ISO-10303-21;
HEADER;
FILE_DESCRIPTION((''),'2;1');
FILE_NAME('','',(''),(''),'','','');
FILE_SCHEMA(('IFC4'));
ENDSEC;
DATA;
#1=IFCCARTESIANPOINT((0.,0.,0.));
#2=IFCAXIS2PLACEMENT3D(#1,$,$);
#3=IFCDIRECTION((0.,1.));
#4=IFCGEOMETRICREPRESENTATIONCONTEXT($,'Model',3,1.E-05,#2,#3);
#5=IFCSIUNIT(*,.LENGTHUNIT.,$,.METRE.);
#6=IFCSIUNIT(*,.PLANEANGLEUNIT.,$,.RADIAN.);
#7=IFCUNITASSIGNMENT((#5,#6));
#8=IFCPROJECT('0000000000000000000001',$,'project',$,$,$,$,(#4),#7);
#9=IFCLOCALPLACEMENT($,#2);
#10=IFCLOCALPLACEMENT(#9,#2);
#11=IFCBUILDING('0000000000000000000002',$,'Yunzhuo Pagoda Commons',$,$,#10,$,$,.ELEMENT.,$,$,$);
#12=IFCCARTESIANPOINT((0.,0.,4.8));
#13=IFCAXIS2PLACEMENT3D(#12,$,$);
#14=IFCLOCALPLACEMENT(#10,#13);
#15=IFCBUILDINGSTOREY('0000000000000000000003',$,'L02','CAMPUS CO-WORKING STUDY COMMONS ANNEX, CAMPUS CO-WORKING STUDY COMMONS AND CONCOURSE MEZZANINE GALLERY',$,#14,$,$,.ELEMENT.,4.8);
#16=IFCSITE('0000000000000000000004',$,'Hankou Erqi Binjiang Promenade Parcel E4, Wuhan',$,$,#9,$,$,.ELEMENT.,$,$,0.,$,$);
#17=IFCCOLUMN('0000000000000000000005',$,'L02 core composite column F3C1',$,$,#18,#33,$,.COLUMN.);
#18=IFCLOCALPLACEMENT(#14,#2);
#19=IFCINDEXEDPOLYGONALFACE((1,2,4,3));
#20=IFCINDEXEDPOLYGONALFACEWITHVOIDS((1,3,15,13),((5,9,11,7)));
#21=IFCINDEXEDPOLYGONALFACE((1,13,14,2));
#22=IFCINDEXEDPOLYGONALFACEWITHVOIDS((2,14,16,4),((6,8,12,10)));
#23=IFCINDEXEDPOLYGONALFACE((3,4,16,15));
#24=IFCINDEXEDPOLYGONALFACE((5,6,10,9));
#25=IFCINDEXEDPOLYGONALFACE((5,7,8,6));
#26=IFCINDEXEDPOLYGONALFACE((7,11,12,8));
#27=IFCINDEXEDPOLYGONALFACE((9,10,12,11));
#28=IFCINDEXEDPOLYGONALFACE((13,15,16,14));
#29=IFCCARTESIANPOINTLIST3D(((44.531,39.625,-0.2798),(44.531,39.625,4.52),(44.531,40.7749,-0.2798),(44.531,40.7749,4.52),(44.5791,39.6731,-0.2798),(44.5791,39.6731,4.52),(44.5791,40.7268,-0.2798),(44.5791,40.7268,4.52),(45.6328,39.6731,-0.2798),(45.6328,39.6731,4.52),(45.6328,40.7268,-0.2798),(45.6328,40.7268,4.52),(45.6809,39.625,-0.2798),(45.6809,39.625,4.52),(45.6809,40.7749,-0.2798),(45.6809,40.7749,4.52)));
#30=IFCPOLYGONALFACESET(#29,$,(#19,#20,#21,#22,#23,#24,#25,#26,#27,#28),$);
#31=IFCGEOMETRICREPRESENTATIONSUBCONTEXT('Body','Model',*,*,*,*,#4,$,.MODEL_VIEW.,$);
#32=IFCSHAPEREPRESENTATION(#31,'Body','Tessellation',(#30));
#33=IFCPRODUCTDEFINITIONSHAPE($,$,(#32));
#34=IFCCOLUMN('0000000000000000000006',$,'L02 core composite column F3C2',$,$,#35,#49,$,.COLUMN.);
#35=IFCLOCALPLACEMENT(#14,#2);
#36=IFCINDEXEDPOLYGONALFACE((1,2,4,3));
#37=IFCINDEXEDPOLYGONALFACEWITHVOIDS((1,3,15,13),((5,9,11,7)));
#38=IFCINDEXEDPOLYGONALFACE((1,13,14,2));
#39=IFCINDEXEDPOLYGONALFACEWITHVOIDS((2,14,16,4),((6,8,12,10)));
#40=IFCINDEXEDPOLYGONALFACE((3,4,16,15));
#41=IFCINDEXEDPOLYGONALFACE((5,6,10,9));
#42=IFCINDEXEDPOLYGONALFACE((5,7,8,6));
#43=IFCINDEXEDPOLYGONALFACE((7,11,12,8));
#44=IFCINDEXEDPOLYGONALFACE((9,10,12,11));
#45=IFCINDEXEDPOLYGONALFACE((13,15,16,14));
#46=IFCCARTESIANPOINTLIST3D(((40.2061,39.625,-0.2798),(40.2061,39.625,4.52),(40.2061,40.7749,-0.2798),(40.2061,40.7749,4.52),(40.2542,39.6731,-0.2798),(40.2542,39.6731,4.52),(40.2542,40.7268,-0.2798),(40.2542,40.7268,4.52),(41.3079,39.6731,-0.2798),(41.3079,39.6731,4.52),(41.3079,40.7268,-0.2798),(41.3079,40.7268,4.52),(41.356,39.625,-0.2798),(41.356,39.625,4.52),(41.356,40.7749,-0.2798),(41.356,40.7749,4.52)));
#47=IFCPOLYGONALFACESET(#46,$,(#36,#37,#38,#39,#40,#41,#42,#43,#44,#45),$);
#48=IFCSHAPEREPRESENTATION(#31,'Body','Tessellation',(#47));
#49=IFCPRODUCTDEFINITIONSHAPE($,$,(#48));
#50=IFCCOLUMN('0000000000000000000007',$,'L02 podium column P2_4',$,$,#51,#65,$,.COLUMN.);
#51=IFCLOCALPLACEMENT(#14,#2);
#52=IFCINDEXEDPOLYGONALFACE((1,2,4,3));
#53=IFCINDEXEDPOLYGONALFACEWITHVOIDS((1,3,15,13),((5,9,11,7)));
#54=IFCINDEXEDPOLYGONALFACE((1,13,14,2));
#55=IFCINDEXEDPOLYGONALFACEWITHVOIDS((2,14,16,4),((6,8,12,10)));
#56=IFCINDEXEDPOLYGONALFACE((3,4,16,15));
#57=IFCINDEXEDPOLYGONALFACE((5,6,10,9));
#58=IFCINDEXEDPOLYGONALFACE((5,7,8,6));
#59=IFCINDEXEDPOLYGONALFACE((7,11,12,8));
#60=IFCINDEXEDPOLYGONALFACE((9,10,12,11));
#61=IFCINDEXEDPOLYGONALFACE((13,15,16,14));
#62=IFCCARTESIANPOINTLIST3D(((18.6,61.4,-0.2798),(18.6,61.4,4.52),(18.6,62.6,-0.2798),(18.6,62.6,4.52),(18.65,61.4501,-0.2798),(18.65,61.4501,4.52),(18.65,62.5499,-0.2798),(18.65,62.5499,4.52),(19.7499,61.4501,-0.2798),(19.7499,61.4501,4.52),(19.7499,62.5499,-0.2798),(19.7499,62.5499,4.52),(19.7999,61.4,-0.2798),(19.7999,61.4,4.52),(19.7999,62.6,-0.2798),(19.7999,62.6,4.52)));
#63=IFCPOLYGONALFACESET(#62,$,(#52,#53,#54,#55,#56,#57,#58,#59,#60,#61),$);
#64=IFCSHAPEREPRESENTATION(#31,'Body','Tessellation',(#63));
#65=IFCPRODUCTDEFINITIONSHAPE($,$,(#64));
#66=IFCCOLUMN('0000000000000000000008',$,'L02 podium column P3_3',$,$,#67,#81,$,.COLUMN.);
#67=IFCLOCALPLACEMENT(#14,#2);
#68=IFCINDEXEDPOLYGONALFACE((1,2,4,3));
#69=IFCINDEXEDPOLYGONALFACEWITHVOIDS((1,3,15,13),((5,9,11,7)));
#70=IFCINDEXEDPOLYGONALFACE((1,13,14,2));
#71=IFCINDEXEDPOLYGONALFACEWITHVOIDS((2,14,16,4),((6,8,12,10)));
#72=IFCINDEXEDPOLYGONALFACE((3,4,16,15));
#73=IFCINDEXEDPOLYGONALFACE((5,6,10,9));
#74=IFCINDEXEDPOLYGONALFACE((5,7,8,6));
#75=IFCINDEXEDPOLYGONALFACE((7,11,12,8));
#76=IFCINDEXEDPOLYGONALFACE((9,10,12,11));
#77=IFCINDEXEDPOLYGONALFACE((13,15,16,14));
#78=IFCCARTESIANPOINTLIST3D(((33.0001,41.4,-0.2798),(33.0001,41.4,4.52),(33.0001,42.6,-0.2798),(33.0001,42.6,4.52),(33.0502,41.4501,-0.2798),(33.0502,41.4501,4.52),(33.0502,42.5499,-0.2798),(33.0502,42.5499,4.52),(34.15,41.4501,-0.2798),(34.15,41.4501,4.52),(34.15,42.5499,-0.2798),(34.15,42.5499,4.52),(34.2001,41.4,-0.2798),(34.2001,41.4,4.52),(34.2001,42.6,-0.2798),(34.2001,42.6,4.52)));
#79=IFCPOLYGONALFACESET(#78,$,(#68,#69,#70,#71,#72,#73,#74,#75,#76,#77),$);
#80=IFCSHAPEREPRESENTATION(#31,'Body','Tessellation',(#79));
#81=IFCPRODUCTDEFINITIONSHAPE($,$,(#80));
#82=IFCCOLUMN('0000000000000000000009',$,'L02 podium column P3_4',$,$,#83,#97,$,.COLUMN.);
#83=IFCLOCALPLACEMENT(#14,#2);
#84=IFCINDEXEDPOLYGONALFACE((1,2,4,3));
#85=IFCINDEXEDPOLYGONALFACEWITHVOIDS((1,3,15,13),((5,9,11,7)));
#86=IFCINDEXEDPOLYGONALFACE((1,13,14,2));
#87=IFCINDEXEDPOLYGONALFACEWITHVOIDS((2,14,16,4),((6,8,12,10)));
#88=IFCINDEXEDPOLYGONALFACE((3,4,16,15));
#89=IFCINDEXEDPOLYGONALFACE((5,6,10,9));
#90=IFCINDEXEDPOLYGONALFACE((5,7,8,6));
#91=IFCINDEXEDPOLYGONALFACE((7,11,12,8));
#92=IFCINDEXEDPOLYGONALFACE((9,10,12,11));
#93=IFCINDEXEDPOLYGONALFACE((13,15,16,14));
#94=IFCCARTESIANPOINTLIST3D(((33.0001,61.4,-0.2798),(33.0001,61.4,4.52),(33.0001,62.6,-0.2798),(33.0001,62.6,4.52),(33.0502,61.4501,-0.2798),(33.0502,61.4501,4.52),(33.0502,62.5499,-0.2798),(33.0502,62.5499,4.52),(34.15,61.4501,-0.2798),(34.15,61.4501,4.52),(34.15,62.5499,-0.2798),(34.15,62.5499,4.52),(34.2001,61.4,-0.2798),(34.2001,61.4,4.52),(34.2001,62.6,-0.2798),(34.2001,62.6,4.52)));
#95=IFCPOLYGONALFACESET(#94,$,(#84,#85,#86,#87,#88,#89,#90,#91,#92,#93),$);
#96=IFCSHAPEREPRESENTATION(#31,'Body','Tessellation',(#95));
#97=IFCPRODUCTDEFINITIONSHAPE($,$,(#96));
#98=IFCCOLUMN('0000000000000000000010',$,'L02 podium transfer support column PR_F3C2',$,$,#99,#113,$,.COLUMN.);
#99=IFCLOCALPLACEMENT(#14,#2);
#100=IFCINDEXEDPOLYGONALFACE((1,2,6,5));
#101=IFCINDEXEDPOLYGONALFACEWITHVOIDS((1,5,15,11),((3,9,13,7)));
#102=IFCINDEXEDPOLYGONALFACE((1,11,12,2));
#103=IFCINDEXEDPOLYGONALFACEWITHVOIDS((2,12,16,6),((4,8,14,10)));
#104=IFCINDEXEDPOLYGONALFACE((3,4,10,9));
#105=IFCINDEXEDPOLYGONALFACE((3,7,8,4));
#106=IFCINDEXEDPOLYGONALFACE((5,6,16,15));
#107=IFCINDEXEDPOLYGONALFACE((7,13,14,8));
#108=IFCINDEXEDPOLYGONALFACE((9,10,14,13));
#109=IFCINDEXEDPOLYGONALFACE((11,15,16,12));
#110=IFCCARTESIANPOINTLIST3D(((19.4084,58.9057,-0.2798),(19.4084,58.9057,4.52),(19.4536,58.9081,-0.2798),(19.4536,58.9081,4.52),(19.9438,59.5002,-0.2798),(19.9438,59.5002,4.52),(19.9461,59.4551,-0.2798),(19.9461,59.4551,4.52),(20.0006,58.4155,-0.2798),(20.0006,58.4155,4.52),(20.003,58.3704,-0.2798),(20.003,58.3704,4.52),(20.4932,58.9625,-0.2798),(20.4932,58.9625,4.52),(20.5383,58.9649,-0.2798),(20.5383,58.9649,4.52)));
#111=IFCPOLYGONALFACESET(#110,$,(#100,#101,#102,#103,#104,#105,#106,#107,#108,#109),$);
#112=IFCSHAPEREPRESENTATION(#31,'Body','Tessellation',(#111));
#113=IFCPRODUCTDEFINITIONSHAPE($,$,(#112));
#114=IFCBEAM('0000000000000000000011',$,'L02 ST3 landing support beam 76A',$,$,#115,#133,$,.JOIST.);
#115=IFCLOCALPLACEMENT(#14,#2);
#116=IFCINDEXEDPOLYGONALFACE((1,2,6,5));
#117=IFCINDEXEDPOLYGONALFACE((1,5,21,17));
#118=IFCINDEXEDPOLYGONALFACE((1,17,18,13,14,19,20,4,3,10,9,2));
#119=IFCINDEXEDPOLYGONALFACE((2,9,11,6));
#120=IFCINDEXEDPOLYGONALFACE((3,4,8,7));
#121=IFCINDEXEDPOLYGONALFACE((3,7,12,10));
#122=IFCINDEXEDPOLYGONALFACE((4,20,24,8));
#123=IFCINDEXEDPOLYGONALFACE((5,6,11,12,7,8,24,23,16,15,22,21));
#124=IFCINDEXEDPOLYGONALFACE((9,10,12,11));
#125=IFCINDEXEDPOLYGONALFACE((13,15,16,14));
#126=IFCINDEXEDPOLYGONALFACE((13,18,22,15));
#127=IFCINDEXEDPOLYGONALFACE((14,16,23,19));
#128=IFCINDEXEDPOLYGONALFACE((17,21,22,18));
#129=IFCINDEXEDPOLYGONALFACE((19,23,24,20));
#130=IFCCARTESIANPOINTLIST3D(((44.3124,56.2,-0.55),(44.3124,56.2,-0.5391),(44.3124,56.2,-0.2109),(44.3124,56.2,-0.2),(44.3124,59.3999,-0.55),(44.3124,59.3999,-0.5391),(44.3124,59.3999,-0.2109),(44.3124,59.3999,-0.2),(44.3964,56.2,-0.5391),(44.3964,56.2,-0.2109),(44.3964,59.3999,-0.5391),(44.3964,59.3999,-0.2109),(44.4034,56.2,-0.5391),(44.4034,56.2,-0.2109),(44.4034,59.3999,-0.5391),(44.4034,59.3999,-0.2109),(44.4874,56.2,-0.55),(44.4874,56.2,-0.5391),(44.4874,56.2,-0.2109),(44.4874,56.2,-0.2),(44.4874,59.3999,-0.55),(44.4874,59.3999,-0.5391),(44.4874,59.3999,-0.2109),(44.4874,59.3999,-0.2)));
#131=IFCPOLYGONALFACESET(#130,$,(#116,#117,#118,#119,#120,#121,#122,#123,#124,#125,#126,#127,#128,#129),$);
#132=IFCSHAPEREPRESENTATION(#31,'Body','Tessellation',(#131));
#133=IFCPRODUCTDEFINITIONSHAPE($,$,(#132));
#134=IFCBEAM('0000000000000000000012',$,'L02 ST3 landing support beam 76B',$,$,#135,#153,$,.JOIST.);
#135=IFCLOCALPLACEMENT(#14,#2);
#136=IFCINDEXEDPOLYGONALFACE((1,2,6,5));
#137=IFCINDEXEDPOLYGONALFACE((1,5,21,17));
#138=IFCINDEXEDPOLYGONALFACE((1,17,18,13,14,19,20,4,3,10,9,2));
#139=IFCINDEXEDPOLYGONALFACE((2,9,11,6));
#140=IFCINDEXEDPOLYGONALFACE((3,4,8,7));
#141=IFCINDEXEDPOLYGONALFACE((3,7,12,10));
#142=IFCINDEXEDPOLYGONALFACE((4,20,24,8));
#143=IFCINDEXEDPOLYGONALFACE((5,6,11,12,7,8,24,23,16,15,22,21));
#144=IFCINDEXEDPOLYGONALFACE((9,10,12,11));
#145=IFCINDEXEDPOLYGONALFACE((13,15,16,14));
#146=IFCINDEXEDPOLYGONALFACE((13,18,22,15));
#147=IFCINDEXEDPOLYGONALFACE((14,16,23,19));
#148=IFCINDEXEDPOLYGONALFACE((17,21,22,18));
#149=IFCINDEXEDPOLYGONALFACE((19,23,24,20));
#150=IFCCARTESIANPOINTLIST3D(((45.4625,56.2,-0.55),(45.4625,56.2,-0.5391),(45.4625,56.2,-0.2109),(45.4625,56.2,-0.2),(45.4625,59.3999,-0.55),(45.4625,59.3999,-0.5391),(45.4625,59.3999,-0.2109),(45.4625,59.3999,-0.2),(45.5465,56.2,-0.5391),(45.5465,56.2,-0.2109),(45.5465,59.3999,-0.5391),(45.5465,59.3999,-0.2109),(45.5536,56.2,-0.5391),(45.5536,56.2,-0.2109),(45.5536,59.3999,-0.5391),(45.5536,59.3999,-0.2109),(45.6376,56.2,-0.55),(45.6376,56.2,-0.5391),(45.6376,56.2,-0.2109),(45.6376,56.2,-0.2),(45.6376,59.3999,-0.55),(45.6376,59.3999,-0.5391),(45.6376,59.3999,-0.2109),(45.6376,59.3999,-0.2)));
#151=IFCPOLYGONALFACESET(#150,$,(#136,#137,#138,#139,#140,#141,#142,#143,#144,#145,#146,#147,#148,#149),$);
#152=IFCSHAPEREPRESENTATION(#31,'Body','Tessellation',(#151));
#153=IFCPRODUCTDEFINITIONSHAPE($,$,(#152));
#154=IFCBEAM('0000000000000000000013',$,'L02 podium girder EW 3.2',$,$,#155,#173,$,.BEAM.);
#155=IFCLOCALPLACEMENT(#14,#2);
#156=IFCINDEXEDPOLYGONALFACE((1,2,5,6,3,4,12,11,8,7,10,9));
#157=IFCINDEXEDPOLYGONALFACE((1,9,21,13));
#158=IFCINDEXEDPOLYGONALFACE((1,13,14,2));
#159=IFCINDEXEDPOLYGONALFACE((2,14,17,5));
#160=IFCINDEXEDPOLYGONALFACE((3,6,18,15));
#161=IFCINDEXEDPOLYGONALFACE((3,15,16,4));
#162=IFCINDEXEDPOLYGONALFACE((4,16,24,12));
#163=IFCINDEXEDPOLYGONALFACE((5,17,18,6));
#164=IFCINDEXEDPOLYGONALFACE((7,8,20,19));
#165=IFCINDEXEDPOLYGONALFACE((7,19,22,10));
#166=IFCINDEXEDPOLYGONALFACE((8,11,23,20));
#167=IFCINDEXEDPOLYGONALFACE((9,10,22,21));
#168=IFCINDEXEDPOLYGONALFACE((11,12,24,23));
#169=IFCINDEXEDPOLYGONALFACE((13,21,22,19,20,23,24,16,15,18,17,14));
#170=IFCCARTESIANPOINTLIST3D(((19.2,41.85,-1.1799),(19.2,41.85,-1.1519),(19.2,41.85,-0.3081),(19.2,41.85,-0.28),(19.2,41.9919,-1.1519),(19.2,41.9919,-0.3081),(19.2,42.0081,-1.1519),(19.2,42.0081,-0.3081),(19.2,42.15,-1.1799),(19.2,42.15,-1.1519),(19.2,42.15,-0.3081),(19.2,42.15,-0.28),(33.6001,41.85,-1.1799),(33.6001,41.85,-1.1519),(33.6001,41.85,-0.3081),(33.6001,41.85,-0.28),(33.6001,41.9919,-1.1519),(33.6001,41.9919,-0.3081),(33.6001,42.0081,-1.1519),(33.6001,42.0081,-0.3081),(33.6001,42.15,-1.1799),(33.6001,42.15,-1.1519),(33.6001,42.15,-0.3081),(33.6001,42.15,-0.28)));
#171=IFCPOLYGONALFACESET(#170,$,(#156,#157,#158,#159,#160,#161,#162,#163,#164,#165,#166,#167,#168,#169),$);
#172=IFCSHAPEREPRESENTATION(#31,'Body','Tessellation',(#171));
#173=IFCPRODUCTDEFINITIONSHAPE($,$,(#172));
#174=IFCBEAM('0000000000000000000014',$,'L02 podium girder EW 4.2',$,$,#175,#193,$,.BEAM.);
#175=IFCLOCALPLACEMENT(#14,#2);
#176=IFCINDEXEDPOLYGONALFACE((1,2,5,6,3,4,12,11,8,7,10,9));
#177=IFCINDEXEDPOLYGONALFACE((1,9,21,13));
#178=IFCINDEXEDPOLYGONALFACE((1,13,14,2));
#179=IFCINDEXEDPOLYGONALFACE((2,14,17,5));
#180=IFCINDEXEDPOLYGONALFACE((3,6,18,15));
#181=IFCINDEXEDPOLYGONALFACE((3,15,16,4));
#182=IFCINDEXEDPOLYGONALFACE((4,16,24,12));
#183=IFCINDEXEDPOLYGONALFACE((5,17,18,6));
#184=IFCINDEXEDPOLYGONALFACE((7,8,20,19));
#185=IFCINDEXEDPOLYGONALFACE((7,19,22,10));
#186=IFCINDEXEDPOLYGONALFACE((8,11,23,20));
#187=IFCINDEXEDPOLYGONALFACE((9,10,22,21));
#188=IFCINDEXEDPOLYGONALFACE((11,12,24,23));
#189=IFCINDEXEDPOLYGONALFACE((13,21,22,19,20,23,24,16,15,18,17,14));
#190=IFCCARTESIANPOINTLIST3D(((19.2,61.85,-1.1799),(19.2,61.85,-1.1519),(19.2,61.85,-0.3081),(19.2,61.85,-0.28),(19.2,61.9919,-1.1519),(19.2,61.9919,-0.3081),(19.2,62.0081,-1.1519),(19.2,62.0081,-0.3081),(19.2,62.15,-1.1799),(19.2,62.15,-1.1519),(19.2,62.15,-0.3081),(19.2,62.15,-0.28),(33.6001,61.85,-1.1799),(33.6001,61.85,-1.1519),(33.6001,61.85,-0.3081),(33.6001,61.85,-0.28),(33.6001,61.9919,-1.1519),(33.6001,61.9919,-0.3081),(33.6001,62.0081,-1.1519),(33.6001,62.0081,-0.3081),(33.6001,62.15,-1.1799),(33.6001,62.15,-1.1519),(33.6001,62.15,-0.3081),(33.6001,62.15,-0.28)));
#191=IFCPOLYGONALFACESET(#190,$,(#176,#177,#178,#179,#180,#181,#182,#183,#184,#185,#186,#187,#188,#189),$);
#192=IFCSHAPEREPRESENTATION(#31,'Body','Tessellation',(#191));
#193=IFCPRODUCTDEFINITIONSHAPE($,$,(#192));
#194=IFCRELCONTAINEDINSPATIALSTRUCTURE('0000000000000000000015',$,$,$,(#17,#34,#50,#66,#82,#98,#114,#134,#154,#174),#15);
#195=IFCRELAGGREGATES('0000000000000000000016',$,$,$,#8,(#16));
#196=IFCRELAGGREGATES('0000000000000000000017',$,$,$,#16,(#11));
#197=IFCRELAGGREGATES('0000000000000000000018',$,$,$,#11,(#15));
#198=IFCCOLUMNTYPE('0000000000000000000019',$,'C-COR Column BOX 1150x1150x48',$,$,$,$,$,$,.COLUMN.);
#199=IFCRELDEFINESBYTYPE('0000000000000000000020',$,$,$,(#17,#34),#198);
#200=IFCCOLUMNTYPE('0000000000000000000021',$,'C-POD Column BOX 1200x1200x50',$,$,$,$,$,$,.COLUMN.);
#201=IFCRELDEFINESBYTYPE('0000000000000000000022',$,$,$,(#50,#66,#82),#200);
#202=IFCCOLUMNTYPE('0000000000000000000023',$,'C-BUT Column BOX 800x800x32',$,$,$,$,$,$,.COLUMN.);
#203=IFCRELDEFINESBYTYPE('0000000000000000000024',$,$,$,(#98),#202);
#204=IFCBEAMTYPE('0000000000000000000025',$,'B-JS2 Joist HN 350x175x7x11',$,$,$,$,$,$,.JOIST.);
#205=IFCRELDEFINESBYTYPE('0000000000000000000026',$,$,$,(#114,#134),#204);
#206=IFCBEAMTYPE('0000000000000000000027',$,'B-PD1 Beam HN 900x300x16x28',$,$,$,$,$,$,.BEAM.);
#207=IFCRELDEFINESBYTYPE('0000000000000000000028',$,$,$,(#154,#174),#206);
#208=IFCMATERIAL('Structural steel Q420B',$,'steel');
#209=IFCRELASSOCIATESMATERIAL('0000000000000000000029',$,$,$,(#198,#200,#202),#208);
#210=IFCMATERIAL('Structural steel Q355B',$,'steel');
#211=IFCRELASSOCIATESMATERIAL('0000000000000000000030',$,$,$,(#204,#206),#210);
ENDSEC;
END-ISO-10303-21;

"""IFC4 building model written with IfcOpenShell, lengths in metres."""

from ifc_helpers import new_model, si_unit, direction, frame, origin, origin_2d, place, context, subcontext, project, spatial, hollow_rectangle, i_section, extrude, source, transform, mapped, material, material_profile, profile_set, type_object, element, save


model = new_model("IFC4")

# Units and contexts
model_context = context("Model", 3, precision=1e-05, world=origin(), true_north=direction((0.0, 1.0)))
body_context = subcontext(model_context, "Body", "Model", "MODEL_VIEW")
ifc_project = project(units=[si_unit("LENGTHUNIT", "METRE"), si_unit("PLANEANGLEUNIT", "RADIAN")], contexts=[model_context])

# Site, building, storey
site_placement = place(None, origin())
site = spatial("IfcSite", under=ifc_project, at=site_placement, Name="Hankou Erqi Binjiang Promenade Parcel E4, Wuhan", CompositionType="ELEMENT", RefElevation=0.0)
building_placement = place(site_placement, origin())
building = spatial("IfcBuilding", under=site, at=building_placement, Name="Yunzhuo Pagoda Commons", CompositionType="ELEMENT")
storey_placement = place(building_placement, frame((0.0, 0.0, 4.8)))
storey = spatial("IfcBuildingStorey", under=building, at=storey_placement, Name="L02", Description="CAMPUS CO-WORKING STUDY COMMONS ANNEX, CAMPUS CO-WORKING STUDY COMMONS AND CONCOURSE MEZZANINE GALLERY", CompositionType="ELEMENT", Elevation=4.8)

# Columns
ifc_material_1 = material(Name="Structural steel Q420B", Category="steel")
ifc_material_profile_1 = material_profile(ifc_material_1, hollow_rectangle(XDim=1.1499, YDim=1.1499, WallThickness=0.0481, at=origin_2d()), Name="Structural steel Q420B")
ifc_profile_set_1 = profile_set([ifc_material_profile_1], Name="Structural steel Q420B")
column_type_1 = type_object("IfcColumnType", Name="C-COR Column BOX 1150x1150x48", PredefinedType="COLUMN", material=ifc_profile_set_1)
shared_shape_1 = source(origin(), body_context, "Body", "SweptSolid", [
    extrude(hollow_rectangle(XDim=1.1499, YDim=1.1499, WallThickness=0.0481, at=origin_2d()), origin(), (0.0, 0.0, 1.0), 4.7998),
])
for number, where, z_axis, x_axis, name in (
    (1, (45.106, 40.2, -0.2798), (0.0, 0.0, 1.0), (1.0, 0.0, 0.0), "L02 core composite column F3C1"),
    (2, (40.781, 40.2, -0.2798), (0.0, 0.0, 1.0), (1.0, 0.0, 0.0), "L02 core composite column F3C2"),
):
    element("IfcColumn", number, at=place(storey_placement, frame(where, z_axis=z_axis, x_axis=x_axis)), inside=storey, type_object=column_type_1, Name=name, PredefinedType="COLUMN", context=body_context, shape_type="MappedRepresentation", body=[
        mapped(shared_shape_1, transform((0.0, 0.0, 0.0), scale=1.0)),
    ])
ifc_material_profile_2 = material_profile(ifc_material_1, hollow_rectangle(XDim=1.2, YDim=1.2, WallThickness=0.05, at=origin_2d()), Name="Structural steel Q420B")
ifc_profile_set_2 = profile_set([ifc_material_profile_2], Name="Structural steel Q420B")
column_type_2 = type_object("IfcColumnType", Name="C-POD Column BOX 1200x1200x50", PredefinedType="COLUMN", material=ifc_profile_set_2)
shared_shape_2 = source(origin(), body_context, "Body", "SweptSolid", [
    extrude(hollow_rectangle(XDim=1.2, YDim=1.2, WallThickness=0.05, at=origin_2d()), origin(), (0.0, 0.0, 1.0), 4.7998),
])
for number, where, z_axis, x_axis, name in (
    (3, (19.2, 62.0, -0.2798), (0.0, 0.0, 1.0), (1.0, 0.0, 0.0), "L02 podium column P2_4"),
    (4, (33.6001, 42.0, -0.2798), (0.0, 0.0, 1.0), (1.0, 0.0, 0.0), "L02 podium column P3_3"),
    (5, (33.6001, 62.0, -0.2798), (0.0, 0.0, 1.0), (1.0, 0.0, 0.0), "L02 podium column P3_4"),
):
    element("IfcColumn", number, at=place(storey_placement, frame(where, z_axis=z_axis, x_axis=x_axis)), inside=storey, type_object=column_type_2, Name=name, PredefinedType="COLUMN", context=body_context, shape_type="MappedRepresentation", body=[
        mapped(shared_shape_2, transform((0.0, 0.0, 0.0), scale=1.0)),
    ])
ifc_material_profile_3 = material_profile(ifc_material_1, hollow_rectangle(XDim=0.8, YDim=0.8, WallThickness=0.032, at=origin_2d()), Name="Structural steel Q420B")
ifc_profile_set_3 = profile_set([ifc_material_profile_3], Name="Structural steel Q420B")
column_type_3 = type_object("IfcColumnType", Name="C-BUT Column BOX 800x800x32", PredefinedType="COLUMN", material=ifc_profile_set_3)
shared_shape_3 = source(origin(), body_context, "Body", "SweptSolid", [
    extrude(hollow_rectangle(XDim=0.8, YDim=0.8, WallThickness=0.032, at=origin_2d()), origin(), (0.0, 0.0, 1.0), 4.7998),
])
column_placement = place(storey_placement, frame((19.9734, 58.9353, -0.2798), z_axis=(0.0, 0.0, 1.0), x_axis=(-0.669131, -0.743145, 0.0)))
element("IfcColumn", 6, at=column_placement, inside=storey, type_object=column_type_3, Name="L02 podium transfer support column PR_F3C2", PredefinedType="COLUMN", context=body_context, shape_type="MappedRepresentation", body=[
    mapped(shared_shape_3, transform((0.0, 0.0, 0.0), scale=1.0)),
])

# Beams
ifc_material_2 = material(Name="Structural steel Q355B", Category="steel")
ifc_material_profile_4 = material_profile(ifc_material_2, i_section(OverallWidth=0.175, OverallDepth=0.3501, WebThickness=0.0071, FlangeThickness=0.011, at=origin_2d()), Name="Structural steel Q355B")
ifc_profile_set_4 = profile_set([ifc_material_profile_4], Name="Structural steel Q355B")
beam_type_1 = type_object("IfcBeamType", Name="B-JS2 Joist HN 350x175x7x11", PredefinedType="JOIST", material=ifc_profile_set_4)
shared_shape_4 = source(origin(), body_context, "Body", "SweptSolid", [
    extrude(i_section(OverallWidth=0.175, OverallDepth=0.3501, WebThickness=0.0071, FlangeThickness=0.011, at=origin_2d()), origin(), (0.0, 0.0, 1.0), 3.2),
])
for number, where, z_axis, x_axis, name in (
    (7, (44.3999, 56.2, -0.375), (0.0, 1.0, 0.0), (-1.0, 0.0, 0.0), "L02 ST3 landing support beam 76A"),
    (8, (45.55, 56.2, -0.375), (0.0, 1.0, 0.0), (-1.0, 0.0, 0.0), "L02 ST3 landing support beam 76B"),
):
    element("IfcBeam", number, at=place(storey_placement, frame(where, z_axis=z_axis, x_axis=x_axis)), inside=storey, type_object=beam_type_1, Name=name, PredefinedType="JOIST", context=body_context, shape_type="MappedRepresentation", body=[
        mapped(shared_shape_4, transform((0.0, 0.0, 0.0), scale=1.0)),
    ])
ifc_material_profile_5 = material_profile(ifc_material_2, i_section(OverallWidth=0.3, OverallDepth=0.8999, WebThickness=0.0161, FlangeThickness=0.0281, at=origin_2d()), Name="Structural steel Q355B")
ifc_profile_set_5 = profile_set([ifc_material_profile_5], Name="Structural steel Q355B")
beam_type_2 = type_object("IfcBeamType", Name="B-PD1 Beam HN 900x300x16x28", PredefinedType="BEAM", material=ifc_profile_set_5)
shared_shape_5 = source(origin(), body_context, "Body", "SweptSolid", [
    extrude(i_section(OverallWidth=0.3, OverallDepth=0.8999, WebThickness=0.0161, FlangeThickness=0.0281, at=origin_2d()), origin(), (0.0, 0.0, 1.0), 14.4001),
])
for number, where, z_axis, x_axis, name in (
    (9, (19.2, 42.0, -0.73), (1.0, 0.0, 0.0), (0.0, 1.0, 0.0), "L02 podium girder EW 3.2"),
    (10, (19.2, 62.0, -0.73), (1.0, 0.0, 0.0), (0.0, 1.0, 0.0), "L02 podium girder EW 4.2"),
):
    element("IfcBeam", number, at=place(storey_placement, frame(where, z_axis=z_axis, x_axis=x_axis)), inside=storey, type_object=beam_type_2, Name=name, PredefinedType="BEAM", context=body_context, shape_type="MappedRepresentation", body=[
        mapped(shared_shape_5, transform((0.0, 0.0, 0.0), scale=1.0)),
    ])

save(model, "model.ifc")
